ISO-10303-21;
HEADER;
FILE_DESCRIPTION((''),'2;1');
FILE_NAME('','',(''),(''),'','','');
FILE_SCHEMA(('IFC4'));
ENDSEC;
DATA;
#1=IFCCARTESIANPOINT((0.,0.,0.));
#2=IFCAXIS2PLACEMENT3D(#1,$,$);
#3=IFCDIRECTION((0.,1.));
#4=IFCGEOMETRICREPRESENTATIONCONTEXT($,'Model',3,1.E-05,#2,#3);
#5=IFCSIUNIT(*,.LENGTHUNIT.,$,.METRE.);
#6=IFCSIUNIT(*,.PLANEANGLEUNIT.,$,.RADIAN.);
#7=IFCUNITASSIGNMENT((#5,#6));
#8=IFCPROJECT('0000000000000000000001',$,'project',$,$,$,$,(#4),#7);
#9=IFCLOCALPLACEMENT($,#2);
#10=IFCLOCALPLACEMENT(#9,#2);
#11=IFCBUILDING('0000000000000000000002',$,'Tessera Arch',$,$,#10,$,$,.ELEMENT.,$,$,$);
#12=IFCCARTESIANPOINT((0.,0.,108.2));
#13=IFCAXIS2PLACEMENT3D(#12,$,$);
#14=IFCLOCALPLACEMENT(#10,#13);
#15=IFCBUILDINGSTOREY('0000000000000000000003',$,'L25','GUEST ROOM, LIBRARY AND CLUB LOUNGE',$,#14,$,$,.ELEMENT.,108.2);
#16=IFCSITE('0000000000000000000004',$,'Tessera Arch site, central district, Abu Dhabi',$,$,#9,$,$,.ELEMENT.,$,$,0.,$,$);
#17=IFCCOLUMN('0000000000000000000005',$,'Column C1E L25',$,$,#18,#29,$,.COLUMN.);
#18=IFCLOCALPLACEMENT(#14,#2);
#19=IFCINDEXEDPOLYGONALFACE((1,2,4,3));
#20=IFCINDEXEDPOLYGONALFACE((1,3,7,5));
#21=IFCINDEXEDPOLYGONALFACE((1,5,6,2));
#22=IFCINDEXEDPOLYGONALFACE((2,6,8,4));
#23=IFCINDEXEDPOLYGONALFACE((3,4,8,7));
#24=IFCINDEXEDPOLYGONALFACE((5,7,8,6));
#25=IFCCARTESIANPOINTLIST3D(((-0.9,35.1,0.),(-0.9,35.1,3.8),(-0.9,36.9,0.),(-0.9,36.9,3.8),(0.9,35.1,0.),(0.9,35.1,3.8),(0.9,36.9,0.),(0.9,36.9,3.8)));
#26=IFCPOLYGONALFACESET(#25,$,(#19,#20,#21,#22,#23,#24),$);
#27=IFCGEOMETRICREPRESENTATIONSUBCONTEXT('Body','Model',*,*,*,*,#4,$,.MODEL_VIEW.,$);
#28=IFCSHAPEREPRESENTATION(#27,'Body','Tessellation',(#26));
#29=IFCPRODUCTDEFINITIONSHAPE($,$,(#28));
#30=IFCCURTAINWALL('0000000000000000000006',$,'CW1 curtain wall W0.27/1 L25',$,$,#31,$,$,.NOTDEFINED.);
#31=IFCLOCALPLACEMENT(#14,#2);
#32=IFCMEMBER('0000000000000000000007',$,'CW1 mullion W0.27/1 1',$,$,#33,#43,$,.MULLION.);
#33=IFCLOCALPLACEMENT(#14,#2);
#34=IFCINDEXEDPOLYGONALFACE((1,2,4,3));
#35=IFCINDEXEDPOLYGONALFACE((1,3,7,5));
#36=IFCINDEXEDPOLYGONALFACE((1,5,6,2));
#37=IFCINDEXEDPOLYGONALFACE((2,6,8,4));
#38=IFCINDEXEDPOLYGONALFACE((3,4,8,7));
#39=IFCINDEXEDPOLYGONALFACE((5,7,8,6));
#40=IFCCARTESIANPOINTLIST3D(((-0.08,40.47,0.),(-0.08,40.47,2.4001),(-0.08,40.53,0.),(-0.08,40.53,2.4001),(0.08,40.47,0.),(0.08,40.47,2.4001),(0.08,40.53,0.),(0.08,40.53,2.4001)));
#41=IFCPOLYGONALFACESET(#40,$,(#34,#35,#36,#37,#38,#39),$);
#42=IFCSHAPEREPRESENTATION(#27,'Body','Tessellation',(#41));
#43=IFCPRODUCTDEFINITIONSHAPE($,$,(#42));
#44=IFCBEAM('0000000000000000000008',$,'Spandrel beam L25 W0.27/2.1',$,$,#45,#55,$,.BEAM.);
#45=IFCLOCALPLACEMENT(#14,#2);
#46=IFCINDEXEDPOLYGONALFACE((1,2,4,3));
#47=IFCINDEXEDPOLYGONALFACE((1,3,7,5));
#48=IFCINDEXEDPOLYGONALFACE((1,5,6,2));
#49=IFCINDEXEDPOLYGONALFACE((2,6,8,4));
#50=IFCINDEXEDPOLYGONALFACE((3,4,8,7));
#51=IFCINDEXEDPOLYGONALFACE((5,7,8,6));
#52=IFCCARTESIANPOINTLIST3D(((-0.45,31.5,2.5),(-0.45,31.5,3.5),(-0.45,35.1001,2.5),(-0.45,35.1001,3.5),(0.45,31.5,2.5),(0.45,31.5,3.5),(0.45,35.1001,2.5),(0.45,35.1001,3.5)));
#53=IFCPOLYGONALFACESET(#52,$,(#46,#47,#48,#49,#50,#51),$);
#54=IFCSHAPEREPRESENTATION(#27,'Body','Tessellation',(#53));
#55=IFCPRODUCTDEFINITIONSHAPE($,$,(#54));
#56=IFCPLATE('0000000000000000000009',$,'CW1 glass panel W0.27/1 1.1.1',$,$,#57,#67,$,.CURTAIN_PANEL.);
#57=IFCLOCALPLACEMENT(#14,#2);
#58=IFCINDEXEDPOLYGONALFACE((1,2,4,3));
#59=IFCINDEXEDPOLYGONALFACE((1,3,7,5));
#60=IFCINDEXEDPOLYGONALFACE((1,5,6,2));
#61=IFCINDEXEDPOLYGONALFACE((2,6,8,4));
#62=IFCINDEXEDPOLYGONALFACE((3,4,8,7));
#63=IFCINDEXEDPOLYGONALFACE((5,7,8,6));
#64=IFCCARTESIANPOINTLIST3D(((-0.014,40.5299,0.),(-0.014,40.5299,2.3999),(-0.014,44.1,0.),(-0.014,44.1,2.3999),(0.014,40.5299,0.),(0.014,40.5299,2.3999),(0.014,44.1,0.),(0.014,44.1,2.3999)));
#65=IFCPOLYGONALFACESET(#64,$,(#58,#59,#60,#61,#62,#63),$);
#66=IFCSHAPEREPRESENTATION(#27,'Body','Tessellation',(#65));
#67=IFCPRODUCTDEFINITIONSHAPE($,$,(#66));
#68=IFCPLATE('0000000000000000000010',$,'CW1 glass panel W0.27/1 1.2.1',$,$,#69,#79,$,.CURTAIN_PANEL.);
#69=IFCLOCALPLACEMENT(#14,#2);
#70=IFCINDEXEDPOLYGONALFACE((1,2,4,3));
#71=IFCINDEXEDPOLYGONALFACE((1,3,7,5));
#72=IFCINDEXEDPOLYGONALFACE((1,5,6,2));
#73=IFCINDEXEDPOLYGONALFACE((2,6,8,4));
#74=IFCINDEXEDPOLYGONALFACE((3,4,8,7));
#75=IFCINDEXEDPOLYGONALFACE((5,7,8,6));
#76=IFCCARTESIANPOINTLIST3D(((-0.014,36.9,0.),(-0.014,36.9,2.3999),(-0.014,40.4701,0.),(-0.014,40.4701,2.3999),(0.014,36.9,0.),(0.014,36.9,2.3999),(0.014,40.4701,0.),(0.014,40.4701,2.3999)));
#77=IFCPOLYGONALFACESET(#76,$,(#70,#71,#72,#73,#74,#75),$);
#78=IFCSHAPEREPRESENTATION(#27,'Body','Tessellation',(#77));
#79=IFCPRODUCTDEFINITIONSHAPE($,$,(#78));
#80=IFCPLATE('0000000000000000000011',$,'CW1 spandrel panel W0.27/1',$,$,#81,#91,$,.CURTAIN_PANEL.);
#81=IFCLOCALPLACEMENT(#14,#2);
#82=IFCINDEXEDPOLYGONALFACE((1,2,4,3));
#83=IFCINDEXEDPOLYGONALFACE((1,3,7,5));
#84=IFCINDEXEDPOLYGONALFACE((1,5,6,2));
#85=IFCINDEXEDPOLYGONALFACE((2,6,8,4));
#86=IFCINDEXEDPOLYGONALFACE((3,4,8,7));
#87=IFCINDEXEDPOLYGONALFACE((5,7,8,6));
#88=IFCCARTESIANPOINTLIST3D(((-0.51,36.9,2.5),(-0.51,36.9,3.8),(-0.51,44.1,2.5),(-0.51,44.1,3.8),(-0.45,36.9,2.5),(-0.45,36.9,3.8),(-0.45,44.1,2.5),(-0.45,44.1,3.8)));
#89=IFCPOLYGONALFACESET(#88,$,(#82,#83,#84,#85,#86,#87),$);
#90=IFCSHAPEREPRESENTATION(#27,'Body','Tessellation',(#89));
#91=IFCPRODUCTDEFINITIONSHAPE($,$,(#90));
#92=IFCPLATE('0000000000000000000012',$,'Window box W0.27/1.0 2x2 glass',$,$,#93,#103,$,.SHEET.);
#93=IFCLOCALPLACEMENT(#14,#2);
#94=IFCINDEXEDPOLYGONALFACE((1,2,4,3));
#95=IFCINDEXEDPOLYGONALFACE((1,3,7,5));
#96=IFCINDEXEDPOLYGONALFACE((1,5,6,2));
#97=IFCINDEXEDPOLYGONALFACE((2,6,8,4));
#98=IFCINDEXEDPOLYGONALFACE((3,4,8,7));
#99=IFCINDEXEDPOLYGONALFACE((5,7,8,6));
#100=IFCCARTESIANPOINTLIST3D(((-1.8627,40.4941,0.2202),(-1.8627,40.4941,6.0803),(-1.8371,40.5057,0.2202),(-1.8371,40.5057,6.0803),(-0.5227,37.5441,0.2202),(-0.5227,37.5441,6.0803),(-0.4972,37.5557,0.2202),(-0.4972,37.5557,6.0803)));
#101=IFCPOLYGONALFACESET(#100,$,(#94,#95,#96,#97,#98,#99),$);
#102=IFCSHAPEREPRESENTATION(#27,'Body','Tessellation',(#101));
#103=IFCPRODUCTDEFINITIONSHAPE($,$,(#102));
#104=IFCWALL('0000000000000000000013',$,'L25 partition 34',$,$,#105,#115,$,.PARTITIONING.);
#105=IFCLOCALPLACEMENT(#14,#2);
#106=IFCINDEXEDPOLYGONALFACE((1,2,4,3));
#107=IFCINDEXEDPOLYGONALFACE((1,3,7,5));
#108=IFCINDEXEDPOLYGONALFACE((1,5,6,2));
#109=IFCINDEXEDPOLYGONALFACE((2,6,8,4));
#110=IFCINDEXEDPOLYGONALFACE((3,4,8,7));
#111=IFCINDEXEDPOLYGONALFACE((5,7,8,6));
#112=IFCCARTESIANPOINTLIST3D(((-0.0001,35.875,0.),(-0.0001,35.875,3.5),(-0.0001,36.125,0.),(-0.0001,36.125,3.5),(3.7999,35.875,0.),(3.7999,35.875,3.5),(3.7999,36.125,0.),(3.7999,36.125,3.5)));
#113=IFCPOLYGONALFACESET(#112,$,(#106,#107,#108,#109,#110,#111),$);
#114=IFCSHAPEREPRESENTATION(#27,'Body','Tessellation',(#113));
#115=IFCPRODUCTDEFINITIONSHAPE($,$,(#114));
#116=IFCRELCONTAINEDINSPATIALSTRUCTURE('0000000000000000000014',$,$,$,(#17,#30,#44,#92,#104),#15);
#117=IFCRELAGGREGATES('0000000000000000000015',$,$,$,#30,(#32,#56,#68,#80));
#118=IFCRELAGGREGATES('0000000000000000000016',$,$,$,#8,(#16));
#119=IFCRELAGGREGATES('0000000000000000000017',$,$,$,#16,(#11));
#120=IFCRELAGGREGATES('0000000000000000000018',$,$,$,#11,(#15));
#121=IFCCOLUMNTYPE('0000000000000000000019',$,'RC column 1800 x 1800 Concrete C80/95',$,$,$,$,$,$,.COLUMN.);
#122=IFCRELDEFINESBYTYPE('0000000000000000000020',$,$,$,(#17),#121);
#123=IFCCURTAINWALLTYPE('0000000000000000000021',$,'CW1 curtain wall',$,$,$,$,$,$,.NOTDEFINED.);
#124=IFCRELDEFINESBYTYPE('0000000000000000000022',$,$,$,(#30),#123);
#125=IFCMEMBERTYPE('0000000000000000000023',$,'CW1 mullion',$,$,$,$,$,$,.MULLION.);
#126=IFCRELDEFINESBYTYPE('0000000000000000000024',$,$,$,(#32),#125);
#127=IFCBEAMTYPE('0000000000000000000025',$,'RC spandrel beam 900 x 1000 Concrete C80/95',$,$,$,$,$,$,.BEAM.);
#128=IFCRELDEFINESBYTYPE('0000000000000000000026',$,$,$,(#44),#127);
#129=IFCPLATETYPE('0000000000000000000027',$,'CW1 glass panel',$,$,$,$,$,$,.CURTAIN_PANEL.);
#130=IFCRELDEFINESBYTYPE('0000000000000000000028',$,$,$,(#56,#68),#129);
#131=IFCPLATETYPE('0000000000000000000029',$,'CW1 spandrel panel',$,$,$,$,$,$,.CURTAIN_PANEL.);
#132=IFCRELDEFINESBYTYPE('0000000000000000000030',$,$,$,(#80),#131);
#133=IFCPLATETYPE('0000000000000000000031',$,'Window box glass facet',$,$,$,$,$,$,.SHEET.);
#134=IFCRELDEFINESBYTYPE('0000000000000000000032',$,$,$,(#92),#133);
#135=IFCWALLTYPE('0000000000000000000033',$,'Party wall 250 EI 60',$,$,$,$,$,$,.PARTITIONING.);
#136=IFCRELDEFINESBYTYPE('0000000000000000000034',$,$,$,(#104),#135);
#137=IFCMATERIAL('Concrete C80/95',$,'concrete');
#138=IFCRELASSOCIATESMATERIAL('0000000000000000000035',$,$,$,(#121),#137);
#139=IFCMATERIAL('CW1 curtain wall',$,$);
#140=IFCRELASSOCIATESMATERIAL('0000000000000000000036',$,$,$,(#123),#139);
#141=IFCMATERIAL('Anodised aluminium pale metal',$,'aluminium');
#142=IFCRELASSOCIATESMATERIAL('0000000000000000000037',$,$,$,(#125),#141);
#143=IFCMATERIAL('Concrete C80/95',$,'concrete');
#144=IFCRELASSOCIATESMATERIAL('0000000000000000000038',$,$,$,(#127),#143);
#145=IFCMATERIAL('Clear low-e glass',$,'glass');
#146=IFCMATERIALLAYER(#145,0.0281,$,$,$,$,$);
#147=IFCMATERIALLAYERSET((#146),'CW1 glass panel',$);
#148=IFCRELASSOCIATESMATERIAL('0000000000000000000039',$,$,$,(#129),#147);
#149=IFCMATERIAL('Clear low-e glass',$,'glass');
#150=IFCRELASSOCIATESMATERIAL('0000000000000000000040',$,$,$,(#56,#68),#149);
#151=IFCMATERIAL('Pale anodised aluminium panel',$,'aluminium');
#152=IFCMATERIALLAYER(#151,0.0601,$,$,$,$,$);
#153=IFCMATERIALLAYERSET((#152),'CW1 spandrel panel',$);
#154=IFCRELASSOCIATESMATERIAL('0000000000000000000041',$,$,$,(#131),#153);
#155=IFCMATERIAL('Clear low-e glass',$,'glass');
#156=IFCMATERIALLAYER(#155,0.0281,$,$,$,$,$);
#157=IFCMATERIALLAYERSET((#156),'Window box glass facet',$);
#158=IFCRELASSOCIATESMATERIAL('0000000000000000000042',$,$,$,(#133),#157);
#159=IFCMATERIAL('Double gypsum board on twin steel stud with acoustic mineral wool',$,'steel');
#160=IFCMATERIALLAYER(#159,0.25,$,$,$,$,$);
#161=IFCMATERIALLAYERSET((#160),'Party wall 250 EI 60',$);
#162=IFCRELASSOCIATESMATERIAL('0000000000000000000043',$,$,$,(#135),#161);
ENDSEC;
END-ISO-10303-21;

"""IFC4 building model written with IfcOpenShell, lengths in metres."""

from ifc_helpers import new_model, si_unit, direction, frame, frame_2d, origin, origin_2d, place, context, subcontext, project, spatial, rectangle, extrude, material, layer, layer_set, material_profile, profile_set, type_object, element, aggregate, save


model = new_model("IFC4")

# Units and contexts
model_context = context("Model", 3, precision=1e-05, world=origin(), true_north=direction((0.0, 1.0)))
body_context = subcontext(model_context, "Body", "Model", "MODEL_VIEW")
ifc_project = project(units=[si_unit("LENGTHUNIT", "METRE"), si_unit("PLANEANGLEUNIT", "RADIAN")], contexts=[model_context])

# Site, building, storey
site_placement = place(None, origin())
site = spatial("IfcSite", under=ifc_project, at=site_placement, Name="Tessera Arch site, central district, Abu Dhabi", CompositionType="ELEMENT", RefElevation=0.0)
building_placement = place(site_placement, origin())
building = spatial("IfcBuilding", under=site, at=building_placement, Name="Tessera Arch", CompositionType="ELEMENT")
storey_placement = place(building_placement, frame((0.0, 0.0, 108.2)))
storey = spatial("IfcBuildingStorey", under=building, at=storey_placement, Name="L25", Description="GUEST ROOM, LIBRARY AND CLUB LOUNGE", CompositionType="ELEMENT", Elevation=108.2)

# Column
ifc_material_1 = material(Name="Concrete C80/95", Category="concrete")
ifc_material_profile_1 = material_profile(ifc_material_1, rectangle(XDim=1.8, YDim=1.8, at=origin_2d()), Name="RC column 1800 x 1800 Concrete C80/95")
ifc_profile_set_1 = profile_set([ifc_material_profile_1], Name="Concrete C80/95")
column_type = type_object("IfcColumnType", Name="RC column 1800 x 1800 Concrete C80/95", PredefinedType="COLUMN", material=ifc_profile_set_1)
column_placement = place(storey_placement, frame((0.0, 36.0, 0.0), z_axis=(0.0, 0.0, 1.0), x_axis=(1.0, 0.0, 0.0)))
element("IfcColumn", 1, at=column_placement, inside=storey, type_object=column_type, Name="Column C1E L25", PredefinedType="COLUMN", context=body_context, shape_type="SweptSolid", body=[
    extrude(rectangle(XDim=1.8, YDim=1.8, at=origin_2d()), origin(), (0.0, 0.0, 1.0), 3.8),
])

# Curtain wall, member
ifc_material_2 = material(Name="CW1 curtain wall")
curtain_wall_type = type_object("IfcCurtainWallType", Name="CW1 curtain wall", PredefinedType="NOTDEFINED", material=ifc_material_2)
curtain_wall_placement = place(storey_placement, origin())
curtain_wall = element("IfcCurtainWall", 2, at=curtain_wall_placement, inside=storey, type_object=curtain_wall_type, Name="CW1 curtain wall W0.27/1 L25", PredefinedType="NOTDEFINED")
ifc_material_3 = material(Name="Anodised aluminium pale metal", Category="aluminium")
ifc_material_profile_2 = material_profile(ifc_material_3, rectangle(XDim=0.1599, YDim=0.0601, at=origin_2d()), Name="AL 60x160")
ifc_profile_set_2 = profile_set([ifc_material_profile_2], Name="Anodised aluminium pale metal")
member_type = type_object("IfcMemberType", Name="CW1 mullion", PredefinedType="MULLION", material=ifc_profile_set_2)
member_placement = place(storey_placement, frame((0.0, 40.5, 0.0), z_axis=(0.0, 0.0, 1.0), x_axis=(1.0, 0.0, 0.0)))
member = element("IfcMember", 3, at=member_placement, type_object=member_type, Name="CW1 mullion W0.27/1 1", PredefinedType="MULLION", context=body_context, shape_type="SweptSolid", body=[
    extrude(rectangle(XDim=0.1599, YDim=0.0601, at=origin_2d()), origin(), (0.0, 0.0, 1.0), 2.4001),
])

# Beam
ifc_material_4 = material(Name="Concrete C80/95", Category="concrete")
ifc_material_profile_3 = material_profile(ifc_material_4, rectangle(XDim=0.8999, YDim=1.0, at=origin_2d()), Name="RC spandrel beam 900 x 1000 Concrete C80/95")
ifc_profile_set_3 = profile_set([ifc_material_profile_3], Name="Concrete C80/95")
beam_type = type_object("IfcBeamType", Name="RC spandrel beam 900 x 1000 Concrete C80/95", PredefinedType="BEAM", material=ifc_profile_set_3)
beam_placement = place(storey_placement, frame((0.0, 35.1001, 3.0), z_axis=(0.0, -1.0, 0.0), x_axis=(1.0, 0.0, 0.0)))
element("IfcBeam", 4, at=beam_placement, inside=storey, type_object=beam_type, Name="Spandrel beam L25 W0.27/2.1", PredefinedType="BEAM", context=body_context, shape_type="SweptSolid", body=[
    extrude(rectangle(XDim=0.8999, YDim=1.0, at=origin_2d()), origin(), (0.0, 0.0, 1.0), 3.6001),
])

# Plates
ifc_material_5 = material(Name="Clear low-e glass", Category="glass")
ifc_material_6 = material(Name="Clear low-e glass", Category="glass")
ifc_layer_1 = layer(ifc_material_6, 0.0281)
ifc_layer_set_1 = layer_set([ifc_layer_1], Name="CW1 glass panel")
plate_type_1 = type_object("IfcPlateType", Name="CW1 glass panel", PredefinedType="CURTAIN_PANEL", material=ifc_layer_set_1)
plate_1_placement = place(storey_placement, frame((0.0, 42.3149, 0.0), z_axis=(0.0, 0.0, 1.0), x_axis=(0.0, -1.0, 0.0)))
plate_1 = element("IfcPlate", 5, at=plate_1_placement, type_object=plate_type_1, material=ifc_material_5, Name="CW1 glass panel W0.27/1 1.1.1", PredefinedType="CURTAIN_PANEL", context=body_context, shape_type="SweptSolid", body=[
    extrude(rectangle(XDim=3.5701, YDim=0.0281, at=origin_2d()), origin(), (0.0, 0.0, 1.0), 2.3999),
])
plate_2_placement = place(storey_placement, frame((0.0, 38.6851, 0.0), z_axis=(0.0, 0.0, 1.0), x_axis=(0.0, -1.0, 0.0)))
plate_2 = element("IfcPlate", 6, at=plate_2_placement, type_object=plate_type_1, material=ifc_material_5, Name="CW1 glass panel W0.27/1 1.2.1", PredefinedType="CURTAIN_PANEL", context=body_context, shape_type="SweptSolid", body=[
    extrude(rectangle(XDim=3.5701, YDim=0.0281, at=origin_2d()), origin(), (0.0, 0.0, 1.0), 2.3999),
])
ifc_material_7 = material(Name="Pale anodised aluminium panel", Category="aluminium")
ifc_layer_2 = layer(ifc_material_7, 0.0601)
ifc_layer_set_2 = layer_set([ifc_layer_2], Name="CW1 spandrel panel")
plate_type_2 = type_object("IfcPlateType", Name="CW1 spandrel panel", PredefinedType="CURTAIN_PANEL", material=ifc_layer_set_2)
plate_3_placement = place(storey_placement, frame((-0.48, 40.5, 2.5), z_axis=(0.0, 0.0, 1.0), x_axis=(0.0, -1.0, 0.0)))
plate_3 = element("IfcPlate", 7, at=plate_3_placement, type_object=plate_type_2, Name="CW1 spandrel panel W0.27/1", PredefinedType="CURTAIN_PANEL", context=body_context, shape_type="SweptSolid", body=[
    extrude(rectangle(XDim=7.2, YDim=0.0601, at=origin_2d()), origin(), (0.0, 0.0, 1.0), 1.3),
])
aggregate(curtain_wall, [member, plate_1, plate_2, plate_3])
ifc_material_8 = material(Name="Clear low-e glass", Category="glass")
ifc_layer_3 = layer(ifc_material_8, 0.0281)
ifc_layer_set_3 = layer_set([ifc_layer_3], Name="Window box glass facet")
plate_type_3 = type_object("IfcPlateType", Name="Window box glass facet", PredefinedType="SHEET", material=ifc_layer_set_3)
plate_4_placement = place(storey_placement, frame((-1.1799, 39.0249, 0.2202), z_axis=(0.0, 0.0, 1.0), x_axis=(-0.41357, 0.910472, 0.0)))
element("IfcPlate", 8, at=plate_4_placement, inside=storey, type_object=plate_type_3, Name="Window box W0.27/1.0 2x2 glass", PredefinedType="SHEET", context=body_context, shape_type="SweptSolid", body=[
    extrude(rectangle(XDim=3.24, YDim=0.0281, at=origin_2d()), origin(), (0.0, 0.0, 1.0), 5.8601),
])

# Wall
ifc_material_9 = material(Name="Double gypsum board on twin steel stud with acoustic mineral wool", Category="steel")
ifc_layer_4 = layer(ifc_material_9, 0.25)
ifc_layer_set_4 = layer_set([ifc_layer_4], Name="Party wall 250 EI 60")
wall_type_1 = type_object("IfcWallType", Name="Party wall 250 EI 60", PredefinedType="PARTITIONING", material=ifc_layer_set_4)
wall_1_placement = place(storey_placement, frame((0.0, 36.0, 0.0), z_axis=(0.0, 0.0, 1.0), x_axis=(1.0, 0.0, 0.0)))
element("IfcWall", 9, at=wall_1_placement, inside=storey, type_object=wall_type_1, Name="L25 partition 34", PredefinedType="PARTITIONING", context=body_context, shape_type="SweptSolid", body=[
    extrude(rectangle(XDim=3.8, YDim=0.25, at=frame_2d((1.8999, 0.0))), origin(), (0.0, 0.0, 1.0), 3.5),
])

save(model, "model.ifc")
